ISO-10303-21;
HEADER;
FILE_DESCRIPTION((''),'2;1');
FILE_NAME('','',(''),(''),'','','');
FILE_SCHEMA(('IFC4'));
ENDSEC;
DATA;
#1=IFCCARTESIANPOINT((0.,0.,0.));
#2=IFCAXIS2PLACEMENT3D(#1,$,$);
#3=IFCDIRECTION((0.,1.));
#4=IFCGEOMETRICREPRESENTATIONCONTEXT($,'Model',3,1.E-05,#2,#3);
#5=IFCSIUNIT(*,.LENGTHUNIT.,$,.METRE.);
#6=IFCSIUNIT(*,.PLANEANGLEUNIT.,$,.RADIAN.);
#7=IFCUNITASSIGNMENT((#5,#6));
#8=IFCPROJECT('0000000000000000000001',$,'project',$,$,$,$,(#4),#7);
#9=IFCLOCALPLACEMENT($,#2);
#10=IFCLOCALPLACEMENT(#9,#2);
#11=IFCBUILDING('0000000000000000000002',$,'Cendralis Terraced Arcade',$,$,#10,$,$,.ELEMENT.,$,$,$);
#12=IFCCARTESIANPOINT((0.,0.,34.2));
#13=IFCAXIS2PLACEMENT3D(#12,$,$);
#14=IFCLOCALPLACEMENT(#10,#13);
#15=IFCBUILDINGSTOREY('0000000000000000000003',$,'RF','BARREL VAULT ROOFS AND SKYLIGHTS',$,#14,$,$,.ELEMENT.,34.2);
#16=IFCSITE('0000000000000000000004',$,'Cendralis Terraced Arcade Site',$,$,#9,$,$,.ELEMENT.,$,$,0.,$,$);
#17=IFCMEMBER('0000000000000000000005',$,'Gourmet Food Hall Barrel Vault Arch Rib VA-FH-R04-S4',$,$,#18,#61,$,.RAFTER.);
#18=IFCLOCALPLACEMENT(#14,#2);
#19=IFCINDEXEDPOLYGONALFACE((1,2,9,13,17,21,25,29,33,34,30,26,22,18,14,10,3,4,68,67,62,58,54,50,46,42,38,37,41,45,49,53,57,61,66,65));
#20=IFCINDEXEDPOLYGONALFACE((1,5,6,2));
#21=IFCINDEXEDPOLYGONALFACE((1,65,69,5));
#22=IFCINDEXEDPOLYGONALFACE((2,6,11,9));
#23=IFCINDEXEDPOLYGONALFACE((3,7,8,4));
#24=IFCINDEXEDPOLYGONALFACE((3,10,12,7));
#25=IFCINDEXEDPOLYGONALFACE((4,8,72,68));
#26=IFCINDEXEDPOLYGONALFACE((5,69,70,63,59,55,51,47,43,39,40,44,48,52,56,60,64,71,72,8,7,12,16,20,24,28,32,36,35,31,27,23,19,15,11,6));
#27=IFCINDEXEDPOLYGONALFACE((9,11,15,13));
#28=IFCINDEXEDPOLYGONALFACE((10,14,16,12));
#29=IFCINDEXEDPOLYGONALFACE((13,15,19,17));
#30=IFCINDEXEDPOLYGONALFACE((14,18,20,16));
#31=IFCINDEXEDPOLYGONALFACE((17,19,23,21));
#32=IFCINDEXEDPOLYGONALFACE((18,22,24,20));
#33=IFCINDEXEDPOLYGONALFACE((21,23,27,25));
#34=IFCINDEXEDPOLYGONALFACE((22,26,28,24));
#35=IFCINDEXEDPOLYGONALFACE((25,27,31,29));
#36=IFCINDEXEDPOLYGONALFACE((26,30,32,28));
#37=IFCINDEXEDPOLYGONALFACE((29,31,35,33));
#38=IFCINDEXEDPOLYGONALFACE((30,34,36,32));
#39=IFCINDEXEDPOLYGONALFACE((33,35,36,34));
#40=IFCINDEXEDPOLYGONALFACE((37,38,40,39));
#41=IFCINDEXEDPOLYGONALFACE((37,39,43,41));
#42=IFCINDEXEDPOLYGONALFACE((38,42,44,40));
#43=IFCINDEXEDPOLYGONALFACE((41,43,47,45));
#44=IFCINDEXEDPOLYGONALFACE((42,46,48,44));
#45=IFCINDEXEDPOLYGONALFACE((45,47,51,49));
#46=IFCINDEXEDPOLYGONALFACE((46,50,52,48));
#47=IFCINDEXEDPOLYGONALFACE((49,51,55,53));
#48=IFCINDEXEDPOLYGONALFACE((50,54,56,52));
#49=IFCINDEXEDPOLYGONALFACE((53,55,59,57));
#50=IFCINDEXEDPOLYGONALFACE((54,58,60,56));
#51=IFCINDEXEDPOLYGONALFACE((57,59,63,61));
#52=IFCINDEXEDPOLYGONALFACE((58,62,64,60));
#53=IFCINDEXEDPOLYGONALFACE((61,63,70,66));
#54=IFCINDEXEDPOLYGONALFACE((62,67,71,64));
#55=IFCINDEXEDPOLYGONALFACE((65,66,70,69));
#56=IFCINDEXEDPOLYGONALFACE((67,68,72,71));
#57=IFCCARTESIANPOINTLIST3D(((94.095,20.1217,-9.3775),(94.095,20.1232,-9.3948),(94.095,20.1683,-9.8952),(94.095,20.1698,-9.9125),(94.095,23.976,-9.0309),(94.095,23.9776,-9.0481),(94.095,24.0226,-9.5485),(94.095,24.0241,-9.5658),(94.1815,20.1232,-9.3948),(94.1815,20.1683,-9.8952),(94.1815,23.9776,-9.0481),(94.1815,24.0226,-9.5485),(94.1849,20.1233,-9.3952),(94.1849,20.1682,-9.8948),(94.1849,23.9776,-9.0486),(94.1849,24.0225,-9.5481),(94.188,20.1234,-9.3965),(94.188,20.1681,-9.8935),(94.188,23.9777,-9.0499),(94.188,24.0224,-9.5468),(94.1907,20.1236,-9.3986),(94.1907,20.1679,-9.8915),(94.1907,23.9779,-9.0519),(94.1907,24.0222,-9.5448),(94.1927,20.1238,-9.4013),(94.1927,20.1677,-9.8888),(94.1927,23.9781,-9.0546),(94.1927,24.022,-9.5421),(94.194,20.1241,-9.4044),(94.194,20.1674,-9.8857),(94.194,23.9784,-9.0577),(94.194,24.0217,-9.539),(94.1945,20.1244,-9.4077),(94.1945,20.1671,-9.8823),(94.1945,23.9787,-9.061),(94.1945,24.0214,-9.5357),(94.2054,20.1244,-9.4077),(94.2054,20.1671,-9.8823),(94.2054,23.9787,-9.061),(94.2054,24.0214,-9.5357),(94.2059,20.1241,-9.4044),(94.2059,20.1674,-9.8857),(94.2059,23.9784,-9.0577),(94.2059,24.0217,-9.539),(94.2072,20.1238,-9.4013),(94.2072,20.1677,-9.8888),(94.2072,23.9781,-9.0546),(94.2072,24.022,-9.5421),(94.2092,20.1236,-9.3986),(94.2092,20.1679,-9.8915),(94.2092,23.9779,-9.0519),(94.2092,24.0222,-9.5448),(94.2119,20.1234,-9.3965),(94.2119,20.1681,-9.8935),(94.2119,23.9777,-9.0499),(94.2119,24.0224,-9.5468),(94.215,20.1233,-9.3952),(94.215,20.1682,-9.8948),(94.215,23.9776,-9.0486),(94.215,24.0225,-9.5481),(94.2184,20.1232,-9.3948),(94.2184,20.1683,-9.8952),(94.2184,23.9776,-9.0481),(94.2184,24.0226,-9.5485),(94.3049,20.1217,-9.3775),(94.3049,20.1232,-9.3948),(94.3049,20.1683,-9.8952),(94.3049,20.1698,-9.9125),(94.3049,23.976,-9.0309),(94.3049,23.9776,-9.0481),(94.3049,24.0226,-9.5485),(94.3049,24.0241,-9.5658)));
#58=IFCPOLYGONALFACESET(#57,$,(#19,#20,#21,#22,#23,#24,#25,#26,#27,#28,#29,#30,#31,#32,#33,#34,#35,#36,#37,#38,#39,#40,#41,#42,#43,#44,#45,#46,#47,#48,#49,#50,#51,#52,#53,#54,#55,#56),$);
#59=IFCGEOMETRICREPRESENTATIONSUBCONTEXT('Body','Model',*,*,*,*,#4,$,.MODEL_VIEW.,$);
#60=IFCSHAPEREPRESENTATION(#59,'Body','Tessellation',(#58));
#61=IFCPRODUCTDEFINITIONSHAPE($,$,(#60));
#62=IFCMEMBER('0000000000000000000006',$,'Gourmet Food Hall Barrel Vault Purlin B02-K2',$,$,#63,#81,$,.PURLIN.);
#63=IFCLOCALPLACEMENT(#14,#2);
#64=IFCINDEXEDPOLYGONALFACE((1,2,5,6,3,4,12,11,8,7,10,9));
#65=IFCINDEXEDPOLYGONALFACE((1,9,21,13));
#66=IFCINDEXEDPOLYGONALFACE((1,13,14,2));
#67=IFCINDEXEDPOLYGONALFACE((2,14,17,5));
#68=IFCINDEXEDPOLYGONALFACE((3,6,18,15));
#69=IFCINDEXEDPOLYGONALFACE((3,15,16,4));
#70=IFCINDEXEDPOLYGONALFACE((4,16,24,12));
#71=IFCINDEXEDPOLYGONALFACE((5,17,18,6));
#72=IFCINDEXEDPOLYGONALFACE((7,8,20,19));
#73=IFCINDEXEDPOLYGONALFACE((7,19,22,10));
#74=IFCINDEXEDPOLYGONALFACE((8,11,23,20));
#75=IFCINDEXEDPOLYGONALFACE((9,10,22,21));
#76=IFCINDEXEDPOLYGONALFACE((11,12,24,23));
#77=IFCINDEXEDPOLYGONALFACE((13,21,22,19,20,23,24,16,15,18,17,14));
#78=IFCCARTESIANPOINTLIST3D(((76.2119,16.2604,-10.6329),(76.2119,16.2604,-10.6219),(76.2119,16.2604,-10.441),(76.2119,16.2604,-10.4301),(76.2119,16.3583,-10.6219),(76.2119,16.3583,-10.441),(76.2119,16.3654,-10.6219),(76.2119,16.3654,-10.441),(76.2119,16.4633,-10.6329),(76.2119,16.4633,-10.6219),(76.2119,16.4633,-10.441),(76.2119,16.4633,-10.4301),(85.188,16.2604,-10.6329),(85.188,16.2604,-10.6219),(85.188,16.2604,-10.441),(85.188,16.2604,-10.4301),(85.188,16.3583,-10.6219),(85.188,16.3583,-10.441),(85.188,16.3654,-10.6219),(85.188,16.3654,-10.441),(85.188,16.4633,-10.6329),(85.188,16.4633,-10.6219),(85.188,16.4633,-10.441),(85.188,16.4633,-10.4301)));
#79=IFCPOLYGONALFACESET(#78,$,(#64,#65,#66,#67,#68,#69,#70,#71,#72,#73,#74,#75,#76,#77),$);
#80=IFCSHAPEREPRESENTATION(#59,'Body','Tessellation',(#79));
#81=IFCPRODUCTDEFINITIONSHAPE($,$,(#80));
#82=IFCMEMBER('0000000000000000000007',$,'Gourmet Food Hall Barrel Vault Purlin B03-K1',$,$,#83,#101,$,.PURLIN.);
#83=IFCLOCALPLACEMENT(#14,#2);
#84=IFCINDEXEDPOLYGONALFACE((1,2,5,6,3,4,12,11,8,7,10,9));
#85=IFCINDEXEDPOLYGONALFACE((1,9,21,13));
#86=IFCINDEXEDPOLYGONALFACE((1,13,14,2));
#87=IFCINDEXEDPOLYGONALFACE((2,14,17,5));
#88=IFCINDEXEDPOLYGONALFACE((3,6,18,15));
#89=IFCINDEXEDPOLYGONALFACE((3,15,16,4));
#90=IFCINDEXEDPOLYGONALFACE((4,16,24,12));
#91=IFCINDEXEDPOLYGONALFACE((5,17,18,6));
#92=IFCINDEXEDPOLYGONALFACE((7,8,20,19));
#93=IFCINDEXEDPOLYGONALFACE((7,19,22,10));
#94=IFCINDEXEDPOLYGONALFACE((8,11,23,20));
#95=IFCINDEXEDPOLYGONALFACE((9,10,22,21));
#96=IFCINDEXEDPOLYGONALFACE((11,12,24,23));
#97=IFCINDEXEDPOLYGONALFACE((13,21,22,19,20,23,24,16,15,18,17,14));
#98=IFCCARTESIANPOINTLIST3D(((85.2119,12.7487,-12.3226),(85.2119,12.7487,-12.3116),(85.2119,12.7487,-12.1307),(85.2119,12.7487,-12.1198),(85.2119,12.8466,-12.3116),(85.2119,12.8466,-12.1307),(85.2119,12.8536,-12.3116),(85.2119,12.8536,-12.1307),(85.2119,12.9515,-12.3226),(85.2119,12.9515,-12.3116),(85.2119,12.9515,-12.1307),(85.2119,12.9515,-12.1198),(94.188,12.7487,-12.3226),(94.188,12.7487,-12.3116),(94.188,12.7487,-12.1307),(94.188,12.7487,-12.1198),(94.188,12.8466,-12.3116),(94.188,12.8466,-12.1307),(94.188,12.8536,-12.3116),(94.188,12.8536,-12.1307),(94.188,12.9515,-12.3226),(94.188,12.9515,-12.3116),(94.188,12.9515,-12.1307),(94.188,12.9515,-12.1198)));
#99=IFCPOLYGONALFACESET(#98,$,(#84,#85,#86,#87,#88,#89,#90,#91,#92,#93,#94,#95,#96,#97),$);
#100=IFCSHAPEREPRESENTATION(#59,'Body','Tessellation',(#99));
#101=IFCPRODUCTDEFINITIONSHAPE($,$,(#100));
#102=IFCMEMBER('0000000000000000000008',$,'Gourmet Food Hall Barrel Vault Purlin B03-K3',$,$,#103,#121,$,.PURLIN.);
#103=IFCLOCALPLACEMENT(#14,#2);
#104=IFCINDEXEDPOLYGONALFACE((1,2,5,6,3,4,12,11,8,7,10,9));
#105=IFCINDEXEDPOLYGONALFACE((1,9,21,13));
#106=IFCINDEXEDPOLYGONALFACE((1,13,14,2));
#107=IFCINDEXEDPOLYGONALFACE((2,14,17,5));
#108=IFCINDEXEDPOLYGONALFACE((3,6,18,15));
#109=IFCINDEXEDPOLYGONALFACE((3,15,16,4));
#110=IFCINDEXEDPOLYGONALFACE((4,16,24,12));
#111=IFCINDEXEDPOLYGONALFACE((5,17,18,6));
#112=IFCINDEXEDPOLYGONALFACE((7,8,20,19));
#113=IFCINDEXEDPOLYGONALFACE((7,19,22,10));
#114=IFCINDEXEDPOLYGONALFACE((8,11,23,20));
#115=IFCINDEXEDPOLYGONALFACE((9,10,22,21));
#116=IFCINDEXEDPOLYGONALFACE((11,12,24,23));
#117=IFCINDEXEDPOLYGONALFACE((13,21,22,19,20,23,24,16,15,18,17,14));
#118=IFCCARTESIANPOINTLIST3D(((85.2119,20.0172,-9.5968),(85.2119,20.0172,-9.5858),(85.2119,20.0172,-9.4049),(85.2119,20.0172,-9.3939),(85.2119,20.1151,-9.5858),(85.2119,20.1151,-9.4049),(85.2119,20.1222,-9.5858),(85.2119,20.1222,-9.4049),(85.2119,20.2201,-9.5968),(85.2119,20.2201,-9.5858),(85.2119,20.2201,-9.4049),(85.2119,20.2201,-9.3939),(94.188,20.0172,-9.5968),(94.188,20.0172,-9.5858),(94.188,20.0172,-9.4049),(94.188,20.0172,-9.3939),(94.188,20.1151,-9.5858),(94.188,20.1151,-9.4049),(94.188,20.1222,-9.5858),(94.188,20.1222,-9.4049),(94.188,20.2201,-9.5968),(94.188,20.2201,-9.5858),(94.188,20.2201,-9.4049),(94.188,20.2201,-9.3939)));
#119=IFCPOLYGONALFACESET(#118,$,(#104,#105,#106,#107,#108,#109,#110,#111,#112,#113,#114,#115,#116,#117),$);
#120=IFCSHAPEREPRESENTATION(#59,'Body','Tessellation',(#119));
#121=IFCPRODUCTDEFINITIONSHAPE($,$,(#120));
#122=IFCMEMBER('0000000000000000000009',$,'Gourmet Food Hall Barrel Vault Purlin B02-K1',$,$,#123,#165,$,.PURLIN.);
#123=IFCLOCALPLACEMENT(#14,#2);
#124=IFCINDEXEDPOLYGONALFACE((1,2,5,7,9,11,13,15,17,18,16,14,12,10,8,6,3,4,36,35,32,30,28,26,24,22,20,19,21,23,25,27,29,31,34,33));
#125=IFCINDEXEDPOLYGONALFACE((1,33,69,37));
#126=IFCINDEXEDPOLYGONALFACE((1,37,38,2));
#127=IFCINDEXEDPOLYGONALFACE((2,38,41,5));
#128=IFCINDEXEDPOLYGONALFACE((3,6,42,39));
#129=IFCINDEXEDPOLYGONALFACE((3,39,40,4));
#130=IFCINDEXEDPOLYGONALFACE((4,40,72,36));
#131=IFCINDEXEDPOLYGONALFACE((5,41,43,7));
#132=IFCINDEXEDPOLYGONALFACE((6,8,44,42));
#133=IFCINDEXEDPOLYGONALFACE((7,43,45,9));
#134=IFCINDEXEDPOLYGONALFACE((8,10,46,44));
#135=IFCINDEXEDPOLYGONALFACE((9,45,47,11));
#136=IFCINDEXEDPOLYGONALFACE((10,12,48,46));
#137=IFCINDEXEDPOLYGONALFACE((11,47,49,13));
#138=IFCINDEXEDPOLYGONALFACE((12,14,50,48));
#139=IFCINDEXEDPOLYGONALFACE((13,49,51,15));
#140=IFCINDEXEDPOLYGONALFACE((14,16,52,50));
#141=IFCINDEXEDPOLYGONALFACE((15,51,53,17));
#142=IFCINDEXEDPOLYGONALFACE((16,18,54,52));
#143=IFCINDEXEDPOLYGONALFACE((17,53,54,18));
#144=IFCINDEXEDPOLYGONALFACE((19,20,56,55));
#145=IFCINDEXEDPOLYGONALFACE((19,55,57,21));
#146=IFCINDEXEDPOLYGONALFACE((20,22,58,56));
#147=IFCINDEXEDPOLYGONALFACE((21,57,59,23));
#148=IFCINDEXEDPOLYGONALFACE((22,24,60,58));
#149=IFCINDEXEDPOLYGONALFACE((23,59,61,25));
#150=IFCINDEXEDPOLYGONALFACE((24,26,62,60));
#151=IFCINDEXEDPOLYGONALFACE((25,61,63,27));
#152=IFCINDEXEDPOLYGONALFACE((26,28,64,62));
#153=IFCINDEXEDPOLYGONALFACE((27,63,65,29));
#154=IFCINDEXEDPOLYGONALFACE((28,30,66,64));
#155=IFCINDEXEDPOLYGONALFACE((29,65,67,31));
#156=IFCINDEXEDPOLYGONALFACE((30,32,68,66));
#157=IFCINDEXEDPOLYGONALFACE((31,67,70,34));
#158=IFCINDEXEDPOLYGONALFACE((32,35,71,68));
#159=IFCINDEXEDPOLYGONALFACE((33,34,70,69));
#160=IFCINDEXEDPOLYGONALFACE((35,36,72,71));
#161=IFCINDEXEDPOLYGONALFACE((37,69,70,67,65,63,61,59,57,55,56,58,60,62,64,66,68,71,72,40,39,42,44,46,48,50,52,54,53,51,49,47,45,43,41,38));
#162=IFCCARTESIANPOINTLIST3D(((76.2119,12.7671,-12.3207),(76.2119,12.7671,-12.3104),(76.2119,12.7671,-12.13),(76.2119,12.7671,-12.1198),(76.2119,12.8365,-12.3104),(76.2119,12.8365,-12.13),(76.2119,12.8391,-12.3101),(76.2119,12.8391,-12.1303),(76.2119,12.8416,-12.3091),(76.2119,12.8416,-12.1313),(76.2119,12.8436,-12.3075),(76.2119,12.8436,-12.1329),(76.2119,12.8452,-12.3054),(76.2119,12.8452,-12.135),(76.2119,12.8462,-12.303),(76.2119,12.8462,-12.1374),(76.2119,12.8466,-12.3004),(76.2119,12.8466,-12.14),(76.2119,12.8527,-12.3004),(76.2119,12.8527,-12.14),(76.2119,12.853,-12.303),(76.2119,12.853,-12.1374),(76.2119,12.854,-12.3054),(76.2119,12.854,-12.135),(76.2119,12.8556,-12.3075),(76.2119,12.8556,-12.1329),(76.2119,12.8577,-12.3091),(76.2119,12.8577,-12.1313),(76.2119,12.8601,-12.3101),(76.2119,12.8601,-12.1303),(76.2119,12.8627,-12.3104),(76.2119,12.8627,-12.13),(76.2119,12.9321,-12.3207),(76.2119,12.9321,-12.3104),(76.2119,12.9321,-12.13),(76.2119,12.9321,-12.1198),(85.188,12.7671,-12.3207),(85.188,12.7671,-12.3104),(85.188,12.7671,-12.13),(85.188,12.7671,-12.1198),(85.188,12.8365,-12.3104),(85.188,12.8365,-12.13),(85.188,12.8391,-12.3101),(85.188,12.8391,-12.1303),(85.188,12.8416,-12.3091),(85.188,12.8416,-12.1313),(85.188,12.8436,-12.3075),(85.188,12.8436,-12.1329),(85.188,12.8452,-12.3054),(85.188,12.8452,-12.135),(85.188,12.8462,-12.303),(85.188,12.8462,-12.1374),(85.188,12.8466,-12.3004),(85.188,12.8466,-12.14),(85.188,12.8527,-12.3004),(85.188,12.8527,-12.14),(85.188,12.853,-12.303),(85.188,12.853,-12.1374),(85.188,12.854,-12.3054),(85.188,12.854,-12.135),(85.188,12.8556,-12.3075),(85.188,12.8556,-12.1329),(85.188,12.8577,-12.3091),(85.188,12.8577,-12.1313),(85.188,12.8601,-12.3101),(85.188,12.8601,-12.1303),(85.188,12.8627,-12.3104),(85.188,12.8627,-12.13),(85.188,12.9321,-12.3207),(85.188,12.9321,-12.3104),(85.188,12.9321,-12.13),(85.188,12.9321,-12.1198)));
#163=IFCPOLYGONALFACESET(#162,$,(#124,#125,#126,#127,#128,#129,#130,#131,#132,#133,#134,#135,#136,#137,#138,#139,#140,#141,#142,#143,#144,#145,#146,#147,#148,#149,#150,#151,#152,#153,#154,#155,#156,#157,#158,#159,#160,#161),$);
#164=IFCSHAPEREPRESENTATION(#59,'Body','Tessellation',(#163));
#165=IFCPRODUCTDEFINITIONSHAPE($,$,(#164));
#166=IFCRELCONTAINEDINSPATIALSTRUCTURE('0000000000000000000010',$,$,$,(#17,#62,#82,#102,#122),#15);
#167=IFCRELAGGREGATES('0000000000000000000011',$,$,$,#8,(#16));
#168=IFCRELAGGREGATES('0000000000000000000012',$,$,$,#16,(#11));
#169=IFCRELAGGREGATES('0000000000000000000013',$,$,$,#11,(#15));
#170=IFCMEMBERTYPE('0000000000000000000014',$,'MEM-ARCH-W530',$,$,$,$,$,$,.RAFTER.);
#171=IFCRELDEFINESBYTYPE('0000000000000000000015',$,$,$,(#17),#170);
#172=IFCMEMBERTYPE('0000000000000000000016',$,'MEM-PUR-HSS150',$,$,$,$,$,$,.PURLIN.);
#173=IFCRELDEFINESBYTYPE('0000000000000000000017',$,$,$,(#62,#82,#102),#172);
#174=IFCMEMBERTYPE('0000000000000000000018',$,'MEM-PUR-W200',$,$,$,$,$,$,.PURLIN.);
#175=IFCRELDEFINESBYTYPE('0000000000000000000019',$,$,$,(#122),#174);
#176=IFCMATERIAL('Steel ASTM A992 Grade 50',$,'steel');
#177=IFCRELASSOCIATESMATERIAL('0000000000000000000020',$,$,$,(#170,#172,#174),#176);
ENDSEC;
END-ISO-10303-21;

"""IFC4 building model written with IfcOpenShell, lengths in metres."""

from ifc_helpers import new_model, si_unit, direction, frame, origin, origin_2d, place, context, subcontext, project, spatial, i_section, extrude, material, material_profile, profile_set, type_object, element, save


model = new_model("IFC4")

# Units and contexts
model_context = context("Model", 3, precision=1e-05, world=origin(), true_north=direction((0.0, 1.0)))
body_context = subcontext(model_context, "Body", "Model", "MODEL_VIEW")
ifc_project = project(units=[si_unit("LENGTHUNIT", "METRE"), si_unit("PLANEANGLEUNIT", "RADIAN")], contexts=[model_context])

# Site, building, storey
site_placement = place(None, origin())
site = spatial("IfcSite", under=ifc_project, at=site_placement, Name="Cendralis Terraced Arcade Site", CompositionType="ELEMENT", RefElevation=0.0)
building_placement = place(site_placement, origin())
building = spatial("IfcBuilding", under=site, at=building_placement, Name="Cendralis Terraced Arcade", CompositionType="ELEMENT")
storey_placement = place(building_placement, frame((0.0, 0.0, 34.2)))
storey = spatial("IfcBuildingStorey", under=building, at=storey_placement, Name="RF", Description="BARREL VAULT ROOFS AND SKYLIGHTS", CompositionType="ELEMENT", Elevation=34.2)

# Members
ifc_material_1 = material(Name="Steel ASTM A992 Grade 50", Category="steel")
ifc_material_profile_1 = material_profile(ifc_material_1, i_section(OverallWidth=0.21, OverallDepth=0.5371, WebThickness=0.011, FlangeThickness=0.0173, FilletRadius=0.0129, at=origin_2d()), Name="W530X101", Category="LoadBearing")
ifc_profile_set_1 = profile_set([ifc_material_profile_1], Name="Steel ASTM A992 Grade 50")
member_type_1 = type_object("IfcMemberType", Name="MEM-ARCH-W530", PredefinedType="RAFTER", material=ifc_profile_set_1)
member_1_placement = place(storey_placement, frame((94.2, 20.1458, -9.645), z_axis=(0.0, 0.995979, 0.089586), x_axis=(-1.0, 0.0, 0.0)))
element("IfcMember", 1, at=member_1_placement, inside=storey, type_object=member_type_1, Name="Gourmet Food Hall Barrel Vault Arch Rib VA-FH-R04-S4", PredefinedType="RAFTER", context=body_context, shape_type="SweptSolid", body=[
    extrude(i_section(OverallWidth=0.21, OverallDepth=0.5371, WebThickness=0.011, FlangeThickness=0.0173, FilletRadius=0.0129, at=origin_2d()), origin(), (0.0, 0.0, 1.0), 3.8699),
])
ifc_material_profile_2 = material_profile(ifc_material_1, i_section(OverallWidth=0.2029, OverallDepth=0.2029, WebThickness=0.0071, FlangeThickness=0.011, at=origin_2d()), Name="W200X46.1", Category="LoadBearing")
ifc_profile_set_2 = profile_set([ifc_material_profile_2], Name="Steel ASTM A992 Grade 50")
member_type_2 = type_object("IfcMemberType", Name="MEM-PUR-HSS150", PredefinedType="PURLIN", material=ifc_profile_set_2)
for number, where, z_axis, x_axis, name in (
    (2, (76.2119, 16.3618, -10.5315), (1.0, 0.0, 0.0), (0.0, 1.0, 0.0), "Gourmet Food Hall Barrel Vault Purlin B02-K2"),
    (3, (85.2119, 12.8501, -12.2212), (1.0, 0.0, 0.0), (0.0, 1.0, 0.0), "Gourmet Food Hall Barrel Vault Purlin B03-K1"),
    (4, (85.2119, 20.1187, -9.4954), (1.0, 0.0, 0.0), (0.0, 1.0, 0.0), "Gourmet Food Hall Barrel Vault Purlin B03-K3"),
):
    element("IfcMember", number, at=place(storey_placement, frame(where, z_axis=z_axis, x_axis=x_axis)), inside=storey, type_object=member_type_2, Name=name, PredefinedType="PURLIN", context=body_context, shape_type="SweptSolid", body=[
        extrude(i_section(OverallWidth=0.2029, OverallDepth=0.2029, WebThickness=0.0071, FlangeThickness=0.011, at=origin_2d()), origin(), (0.0, 0.0, 1.0), 8.9761),
    ])
ifc_material_profile_3 = material_profile(ifc_material_1, i_section(OverallWidth=0.165, OverallDepth=0.2009, WebThickness=0.0061, FlangeThickness=0.0103, FilletRadius=0.01, at=origin_2d()), Name="W200X35.9", Category="LoadBearing")
ifc_profile_set_3 = profile_set([ifc_material_profile_3], Name="Steel ASTM A992 Grade 50")
member_type_3 = type_object("IfcMemberType", Name="MEM-PUR-W200", PredefinedType="PURLIN", material=ifc_profile_set_3)
for number, where, z_axis, x_axis, name in (
    (5, (76.2119, 12.8496, -12.2202), (1.0, 0.0, 0.0), (0.0, 1.0, 0.0), "Gourmet Food Hall Barrel Vault Purlin B02-K1"),
):
    element("IfcMember", number, at=place(storey_placement, frame(where, z_axis=z_axis, x_axis=x_axis)), inside=storey, type_object=member_type_3, Name=name, PredefinedType="PURLIN", context=body_context, shape_type="SweptSolid", body=[
        extrude(i_section(OverallWidth=0.165, OverallDepth=0.2009, WebThickness=0.0061, FlangeThickness=0.0103, FilletRadius=0.01, at=origin_2d()), origin(), (0.0, 0.0, 1.0), 8.9761),
    ])

save(model, "model.ifc")
